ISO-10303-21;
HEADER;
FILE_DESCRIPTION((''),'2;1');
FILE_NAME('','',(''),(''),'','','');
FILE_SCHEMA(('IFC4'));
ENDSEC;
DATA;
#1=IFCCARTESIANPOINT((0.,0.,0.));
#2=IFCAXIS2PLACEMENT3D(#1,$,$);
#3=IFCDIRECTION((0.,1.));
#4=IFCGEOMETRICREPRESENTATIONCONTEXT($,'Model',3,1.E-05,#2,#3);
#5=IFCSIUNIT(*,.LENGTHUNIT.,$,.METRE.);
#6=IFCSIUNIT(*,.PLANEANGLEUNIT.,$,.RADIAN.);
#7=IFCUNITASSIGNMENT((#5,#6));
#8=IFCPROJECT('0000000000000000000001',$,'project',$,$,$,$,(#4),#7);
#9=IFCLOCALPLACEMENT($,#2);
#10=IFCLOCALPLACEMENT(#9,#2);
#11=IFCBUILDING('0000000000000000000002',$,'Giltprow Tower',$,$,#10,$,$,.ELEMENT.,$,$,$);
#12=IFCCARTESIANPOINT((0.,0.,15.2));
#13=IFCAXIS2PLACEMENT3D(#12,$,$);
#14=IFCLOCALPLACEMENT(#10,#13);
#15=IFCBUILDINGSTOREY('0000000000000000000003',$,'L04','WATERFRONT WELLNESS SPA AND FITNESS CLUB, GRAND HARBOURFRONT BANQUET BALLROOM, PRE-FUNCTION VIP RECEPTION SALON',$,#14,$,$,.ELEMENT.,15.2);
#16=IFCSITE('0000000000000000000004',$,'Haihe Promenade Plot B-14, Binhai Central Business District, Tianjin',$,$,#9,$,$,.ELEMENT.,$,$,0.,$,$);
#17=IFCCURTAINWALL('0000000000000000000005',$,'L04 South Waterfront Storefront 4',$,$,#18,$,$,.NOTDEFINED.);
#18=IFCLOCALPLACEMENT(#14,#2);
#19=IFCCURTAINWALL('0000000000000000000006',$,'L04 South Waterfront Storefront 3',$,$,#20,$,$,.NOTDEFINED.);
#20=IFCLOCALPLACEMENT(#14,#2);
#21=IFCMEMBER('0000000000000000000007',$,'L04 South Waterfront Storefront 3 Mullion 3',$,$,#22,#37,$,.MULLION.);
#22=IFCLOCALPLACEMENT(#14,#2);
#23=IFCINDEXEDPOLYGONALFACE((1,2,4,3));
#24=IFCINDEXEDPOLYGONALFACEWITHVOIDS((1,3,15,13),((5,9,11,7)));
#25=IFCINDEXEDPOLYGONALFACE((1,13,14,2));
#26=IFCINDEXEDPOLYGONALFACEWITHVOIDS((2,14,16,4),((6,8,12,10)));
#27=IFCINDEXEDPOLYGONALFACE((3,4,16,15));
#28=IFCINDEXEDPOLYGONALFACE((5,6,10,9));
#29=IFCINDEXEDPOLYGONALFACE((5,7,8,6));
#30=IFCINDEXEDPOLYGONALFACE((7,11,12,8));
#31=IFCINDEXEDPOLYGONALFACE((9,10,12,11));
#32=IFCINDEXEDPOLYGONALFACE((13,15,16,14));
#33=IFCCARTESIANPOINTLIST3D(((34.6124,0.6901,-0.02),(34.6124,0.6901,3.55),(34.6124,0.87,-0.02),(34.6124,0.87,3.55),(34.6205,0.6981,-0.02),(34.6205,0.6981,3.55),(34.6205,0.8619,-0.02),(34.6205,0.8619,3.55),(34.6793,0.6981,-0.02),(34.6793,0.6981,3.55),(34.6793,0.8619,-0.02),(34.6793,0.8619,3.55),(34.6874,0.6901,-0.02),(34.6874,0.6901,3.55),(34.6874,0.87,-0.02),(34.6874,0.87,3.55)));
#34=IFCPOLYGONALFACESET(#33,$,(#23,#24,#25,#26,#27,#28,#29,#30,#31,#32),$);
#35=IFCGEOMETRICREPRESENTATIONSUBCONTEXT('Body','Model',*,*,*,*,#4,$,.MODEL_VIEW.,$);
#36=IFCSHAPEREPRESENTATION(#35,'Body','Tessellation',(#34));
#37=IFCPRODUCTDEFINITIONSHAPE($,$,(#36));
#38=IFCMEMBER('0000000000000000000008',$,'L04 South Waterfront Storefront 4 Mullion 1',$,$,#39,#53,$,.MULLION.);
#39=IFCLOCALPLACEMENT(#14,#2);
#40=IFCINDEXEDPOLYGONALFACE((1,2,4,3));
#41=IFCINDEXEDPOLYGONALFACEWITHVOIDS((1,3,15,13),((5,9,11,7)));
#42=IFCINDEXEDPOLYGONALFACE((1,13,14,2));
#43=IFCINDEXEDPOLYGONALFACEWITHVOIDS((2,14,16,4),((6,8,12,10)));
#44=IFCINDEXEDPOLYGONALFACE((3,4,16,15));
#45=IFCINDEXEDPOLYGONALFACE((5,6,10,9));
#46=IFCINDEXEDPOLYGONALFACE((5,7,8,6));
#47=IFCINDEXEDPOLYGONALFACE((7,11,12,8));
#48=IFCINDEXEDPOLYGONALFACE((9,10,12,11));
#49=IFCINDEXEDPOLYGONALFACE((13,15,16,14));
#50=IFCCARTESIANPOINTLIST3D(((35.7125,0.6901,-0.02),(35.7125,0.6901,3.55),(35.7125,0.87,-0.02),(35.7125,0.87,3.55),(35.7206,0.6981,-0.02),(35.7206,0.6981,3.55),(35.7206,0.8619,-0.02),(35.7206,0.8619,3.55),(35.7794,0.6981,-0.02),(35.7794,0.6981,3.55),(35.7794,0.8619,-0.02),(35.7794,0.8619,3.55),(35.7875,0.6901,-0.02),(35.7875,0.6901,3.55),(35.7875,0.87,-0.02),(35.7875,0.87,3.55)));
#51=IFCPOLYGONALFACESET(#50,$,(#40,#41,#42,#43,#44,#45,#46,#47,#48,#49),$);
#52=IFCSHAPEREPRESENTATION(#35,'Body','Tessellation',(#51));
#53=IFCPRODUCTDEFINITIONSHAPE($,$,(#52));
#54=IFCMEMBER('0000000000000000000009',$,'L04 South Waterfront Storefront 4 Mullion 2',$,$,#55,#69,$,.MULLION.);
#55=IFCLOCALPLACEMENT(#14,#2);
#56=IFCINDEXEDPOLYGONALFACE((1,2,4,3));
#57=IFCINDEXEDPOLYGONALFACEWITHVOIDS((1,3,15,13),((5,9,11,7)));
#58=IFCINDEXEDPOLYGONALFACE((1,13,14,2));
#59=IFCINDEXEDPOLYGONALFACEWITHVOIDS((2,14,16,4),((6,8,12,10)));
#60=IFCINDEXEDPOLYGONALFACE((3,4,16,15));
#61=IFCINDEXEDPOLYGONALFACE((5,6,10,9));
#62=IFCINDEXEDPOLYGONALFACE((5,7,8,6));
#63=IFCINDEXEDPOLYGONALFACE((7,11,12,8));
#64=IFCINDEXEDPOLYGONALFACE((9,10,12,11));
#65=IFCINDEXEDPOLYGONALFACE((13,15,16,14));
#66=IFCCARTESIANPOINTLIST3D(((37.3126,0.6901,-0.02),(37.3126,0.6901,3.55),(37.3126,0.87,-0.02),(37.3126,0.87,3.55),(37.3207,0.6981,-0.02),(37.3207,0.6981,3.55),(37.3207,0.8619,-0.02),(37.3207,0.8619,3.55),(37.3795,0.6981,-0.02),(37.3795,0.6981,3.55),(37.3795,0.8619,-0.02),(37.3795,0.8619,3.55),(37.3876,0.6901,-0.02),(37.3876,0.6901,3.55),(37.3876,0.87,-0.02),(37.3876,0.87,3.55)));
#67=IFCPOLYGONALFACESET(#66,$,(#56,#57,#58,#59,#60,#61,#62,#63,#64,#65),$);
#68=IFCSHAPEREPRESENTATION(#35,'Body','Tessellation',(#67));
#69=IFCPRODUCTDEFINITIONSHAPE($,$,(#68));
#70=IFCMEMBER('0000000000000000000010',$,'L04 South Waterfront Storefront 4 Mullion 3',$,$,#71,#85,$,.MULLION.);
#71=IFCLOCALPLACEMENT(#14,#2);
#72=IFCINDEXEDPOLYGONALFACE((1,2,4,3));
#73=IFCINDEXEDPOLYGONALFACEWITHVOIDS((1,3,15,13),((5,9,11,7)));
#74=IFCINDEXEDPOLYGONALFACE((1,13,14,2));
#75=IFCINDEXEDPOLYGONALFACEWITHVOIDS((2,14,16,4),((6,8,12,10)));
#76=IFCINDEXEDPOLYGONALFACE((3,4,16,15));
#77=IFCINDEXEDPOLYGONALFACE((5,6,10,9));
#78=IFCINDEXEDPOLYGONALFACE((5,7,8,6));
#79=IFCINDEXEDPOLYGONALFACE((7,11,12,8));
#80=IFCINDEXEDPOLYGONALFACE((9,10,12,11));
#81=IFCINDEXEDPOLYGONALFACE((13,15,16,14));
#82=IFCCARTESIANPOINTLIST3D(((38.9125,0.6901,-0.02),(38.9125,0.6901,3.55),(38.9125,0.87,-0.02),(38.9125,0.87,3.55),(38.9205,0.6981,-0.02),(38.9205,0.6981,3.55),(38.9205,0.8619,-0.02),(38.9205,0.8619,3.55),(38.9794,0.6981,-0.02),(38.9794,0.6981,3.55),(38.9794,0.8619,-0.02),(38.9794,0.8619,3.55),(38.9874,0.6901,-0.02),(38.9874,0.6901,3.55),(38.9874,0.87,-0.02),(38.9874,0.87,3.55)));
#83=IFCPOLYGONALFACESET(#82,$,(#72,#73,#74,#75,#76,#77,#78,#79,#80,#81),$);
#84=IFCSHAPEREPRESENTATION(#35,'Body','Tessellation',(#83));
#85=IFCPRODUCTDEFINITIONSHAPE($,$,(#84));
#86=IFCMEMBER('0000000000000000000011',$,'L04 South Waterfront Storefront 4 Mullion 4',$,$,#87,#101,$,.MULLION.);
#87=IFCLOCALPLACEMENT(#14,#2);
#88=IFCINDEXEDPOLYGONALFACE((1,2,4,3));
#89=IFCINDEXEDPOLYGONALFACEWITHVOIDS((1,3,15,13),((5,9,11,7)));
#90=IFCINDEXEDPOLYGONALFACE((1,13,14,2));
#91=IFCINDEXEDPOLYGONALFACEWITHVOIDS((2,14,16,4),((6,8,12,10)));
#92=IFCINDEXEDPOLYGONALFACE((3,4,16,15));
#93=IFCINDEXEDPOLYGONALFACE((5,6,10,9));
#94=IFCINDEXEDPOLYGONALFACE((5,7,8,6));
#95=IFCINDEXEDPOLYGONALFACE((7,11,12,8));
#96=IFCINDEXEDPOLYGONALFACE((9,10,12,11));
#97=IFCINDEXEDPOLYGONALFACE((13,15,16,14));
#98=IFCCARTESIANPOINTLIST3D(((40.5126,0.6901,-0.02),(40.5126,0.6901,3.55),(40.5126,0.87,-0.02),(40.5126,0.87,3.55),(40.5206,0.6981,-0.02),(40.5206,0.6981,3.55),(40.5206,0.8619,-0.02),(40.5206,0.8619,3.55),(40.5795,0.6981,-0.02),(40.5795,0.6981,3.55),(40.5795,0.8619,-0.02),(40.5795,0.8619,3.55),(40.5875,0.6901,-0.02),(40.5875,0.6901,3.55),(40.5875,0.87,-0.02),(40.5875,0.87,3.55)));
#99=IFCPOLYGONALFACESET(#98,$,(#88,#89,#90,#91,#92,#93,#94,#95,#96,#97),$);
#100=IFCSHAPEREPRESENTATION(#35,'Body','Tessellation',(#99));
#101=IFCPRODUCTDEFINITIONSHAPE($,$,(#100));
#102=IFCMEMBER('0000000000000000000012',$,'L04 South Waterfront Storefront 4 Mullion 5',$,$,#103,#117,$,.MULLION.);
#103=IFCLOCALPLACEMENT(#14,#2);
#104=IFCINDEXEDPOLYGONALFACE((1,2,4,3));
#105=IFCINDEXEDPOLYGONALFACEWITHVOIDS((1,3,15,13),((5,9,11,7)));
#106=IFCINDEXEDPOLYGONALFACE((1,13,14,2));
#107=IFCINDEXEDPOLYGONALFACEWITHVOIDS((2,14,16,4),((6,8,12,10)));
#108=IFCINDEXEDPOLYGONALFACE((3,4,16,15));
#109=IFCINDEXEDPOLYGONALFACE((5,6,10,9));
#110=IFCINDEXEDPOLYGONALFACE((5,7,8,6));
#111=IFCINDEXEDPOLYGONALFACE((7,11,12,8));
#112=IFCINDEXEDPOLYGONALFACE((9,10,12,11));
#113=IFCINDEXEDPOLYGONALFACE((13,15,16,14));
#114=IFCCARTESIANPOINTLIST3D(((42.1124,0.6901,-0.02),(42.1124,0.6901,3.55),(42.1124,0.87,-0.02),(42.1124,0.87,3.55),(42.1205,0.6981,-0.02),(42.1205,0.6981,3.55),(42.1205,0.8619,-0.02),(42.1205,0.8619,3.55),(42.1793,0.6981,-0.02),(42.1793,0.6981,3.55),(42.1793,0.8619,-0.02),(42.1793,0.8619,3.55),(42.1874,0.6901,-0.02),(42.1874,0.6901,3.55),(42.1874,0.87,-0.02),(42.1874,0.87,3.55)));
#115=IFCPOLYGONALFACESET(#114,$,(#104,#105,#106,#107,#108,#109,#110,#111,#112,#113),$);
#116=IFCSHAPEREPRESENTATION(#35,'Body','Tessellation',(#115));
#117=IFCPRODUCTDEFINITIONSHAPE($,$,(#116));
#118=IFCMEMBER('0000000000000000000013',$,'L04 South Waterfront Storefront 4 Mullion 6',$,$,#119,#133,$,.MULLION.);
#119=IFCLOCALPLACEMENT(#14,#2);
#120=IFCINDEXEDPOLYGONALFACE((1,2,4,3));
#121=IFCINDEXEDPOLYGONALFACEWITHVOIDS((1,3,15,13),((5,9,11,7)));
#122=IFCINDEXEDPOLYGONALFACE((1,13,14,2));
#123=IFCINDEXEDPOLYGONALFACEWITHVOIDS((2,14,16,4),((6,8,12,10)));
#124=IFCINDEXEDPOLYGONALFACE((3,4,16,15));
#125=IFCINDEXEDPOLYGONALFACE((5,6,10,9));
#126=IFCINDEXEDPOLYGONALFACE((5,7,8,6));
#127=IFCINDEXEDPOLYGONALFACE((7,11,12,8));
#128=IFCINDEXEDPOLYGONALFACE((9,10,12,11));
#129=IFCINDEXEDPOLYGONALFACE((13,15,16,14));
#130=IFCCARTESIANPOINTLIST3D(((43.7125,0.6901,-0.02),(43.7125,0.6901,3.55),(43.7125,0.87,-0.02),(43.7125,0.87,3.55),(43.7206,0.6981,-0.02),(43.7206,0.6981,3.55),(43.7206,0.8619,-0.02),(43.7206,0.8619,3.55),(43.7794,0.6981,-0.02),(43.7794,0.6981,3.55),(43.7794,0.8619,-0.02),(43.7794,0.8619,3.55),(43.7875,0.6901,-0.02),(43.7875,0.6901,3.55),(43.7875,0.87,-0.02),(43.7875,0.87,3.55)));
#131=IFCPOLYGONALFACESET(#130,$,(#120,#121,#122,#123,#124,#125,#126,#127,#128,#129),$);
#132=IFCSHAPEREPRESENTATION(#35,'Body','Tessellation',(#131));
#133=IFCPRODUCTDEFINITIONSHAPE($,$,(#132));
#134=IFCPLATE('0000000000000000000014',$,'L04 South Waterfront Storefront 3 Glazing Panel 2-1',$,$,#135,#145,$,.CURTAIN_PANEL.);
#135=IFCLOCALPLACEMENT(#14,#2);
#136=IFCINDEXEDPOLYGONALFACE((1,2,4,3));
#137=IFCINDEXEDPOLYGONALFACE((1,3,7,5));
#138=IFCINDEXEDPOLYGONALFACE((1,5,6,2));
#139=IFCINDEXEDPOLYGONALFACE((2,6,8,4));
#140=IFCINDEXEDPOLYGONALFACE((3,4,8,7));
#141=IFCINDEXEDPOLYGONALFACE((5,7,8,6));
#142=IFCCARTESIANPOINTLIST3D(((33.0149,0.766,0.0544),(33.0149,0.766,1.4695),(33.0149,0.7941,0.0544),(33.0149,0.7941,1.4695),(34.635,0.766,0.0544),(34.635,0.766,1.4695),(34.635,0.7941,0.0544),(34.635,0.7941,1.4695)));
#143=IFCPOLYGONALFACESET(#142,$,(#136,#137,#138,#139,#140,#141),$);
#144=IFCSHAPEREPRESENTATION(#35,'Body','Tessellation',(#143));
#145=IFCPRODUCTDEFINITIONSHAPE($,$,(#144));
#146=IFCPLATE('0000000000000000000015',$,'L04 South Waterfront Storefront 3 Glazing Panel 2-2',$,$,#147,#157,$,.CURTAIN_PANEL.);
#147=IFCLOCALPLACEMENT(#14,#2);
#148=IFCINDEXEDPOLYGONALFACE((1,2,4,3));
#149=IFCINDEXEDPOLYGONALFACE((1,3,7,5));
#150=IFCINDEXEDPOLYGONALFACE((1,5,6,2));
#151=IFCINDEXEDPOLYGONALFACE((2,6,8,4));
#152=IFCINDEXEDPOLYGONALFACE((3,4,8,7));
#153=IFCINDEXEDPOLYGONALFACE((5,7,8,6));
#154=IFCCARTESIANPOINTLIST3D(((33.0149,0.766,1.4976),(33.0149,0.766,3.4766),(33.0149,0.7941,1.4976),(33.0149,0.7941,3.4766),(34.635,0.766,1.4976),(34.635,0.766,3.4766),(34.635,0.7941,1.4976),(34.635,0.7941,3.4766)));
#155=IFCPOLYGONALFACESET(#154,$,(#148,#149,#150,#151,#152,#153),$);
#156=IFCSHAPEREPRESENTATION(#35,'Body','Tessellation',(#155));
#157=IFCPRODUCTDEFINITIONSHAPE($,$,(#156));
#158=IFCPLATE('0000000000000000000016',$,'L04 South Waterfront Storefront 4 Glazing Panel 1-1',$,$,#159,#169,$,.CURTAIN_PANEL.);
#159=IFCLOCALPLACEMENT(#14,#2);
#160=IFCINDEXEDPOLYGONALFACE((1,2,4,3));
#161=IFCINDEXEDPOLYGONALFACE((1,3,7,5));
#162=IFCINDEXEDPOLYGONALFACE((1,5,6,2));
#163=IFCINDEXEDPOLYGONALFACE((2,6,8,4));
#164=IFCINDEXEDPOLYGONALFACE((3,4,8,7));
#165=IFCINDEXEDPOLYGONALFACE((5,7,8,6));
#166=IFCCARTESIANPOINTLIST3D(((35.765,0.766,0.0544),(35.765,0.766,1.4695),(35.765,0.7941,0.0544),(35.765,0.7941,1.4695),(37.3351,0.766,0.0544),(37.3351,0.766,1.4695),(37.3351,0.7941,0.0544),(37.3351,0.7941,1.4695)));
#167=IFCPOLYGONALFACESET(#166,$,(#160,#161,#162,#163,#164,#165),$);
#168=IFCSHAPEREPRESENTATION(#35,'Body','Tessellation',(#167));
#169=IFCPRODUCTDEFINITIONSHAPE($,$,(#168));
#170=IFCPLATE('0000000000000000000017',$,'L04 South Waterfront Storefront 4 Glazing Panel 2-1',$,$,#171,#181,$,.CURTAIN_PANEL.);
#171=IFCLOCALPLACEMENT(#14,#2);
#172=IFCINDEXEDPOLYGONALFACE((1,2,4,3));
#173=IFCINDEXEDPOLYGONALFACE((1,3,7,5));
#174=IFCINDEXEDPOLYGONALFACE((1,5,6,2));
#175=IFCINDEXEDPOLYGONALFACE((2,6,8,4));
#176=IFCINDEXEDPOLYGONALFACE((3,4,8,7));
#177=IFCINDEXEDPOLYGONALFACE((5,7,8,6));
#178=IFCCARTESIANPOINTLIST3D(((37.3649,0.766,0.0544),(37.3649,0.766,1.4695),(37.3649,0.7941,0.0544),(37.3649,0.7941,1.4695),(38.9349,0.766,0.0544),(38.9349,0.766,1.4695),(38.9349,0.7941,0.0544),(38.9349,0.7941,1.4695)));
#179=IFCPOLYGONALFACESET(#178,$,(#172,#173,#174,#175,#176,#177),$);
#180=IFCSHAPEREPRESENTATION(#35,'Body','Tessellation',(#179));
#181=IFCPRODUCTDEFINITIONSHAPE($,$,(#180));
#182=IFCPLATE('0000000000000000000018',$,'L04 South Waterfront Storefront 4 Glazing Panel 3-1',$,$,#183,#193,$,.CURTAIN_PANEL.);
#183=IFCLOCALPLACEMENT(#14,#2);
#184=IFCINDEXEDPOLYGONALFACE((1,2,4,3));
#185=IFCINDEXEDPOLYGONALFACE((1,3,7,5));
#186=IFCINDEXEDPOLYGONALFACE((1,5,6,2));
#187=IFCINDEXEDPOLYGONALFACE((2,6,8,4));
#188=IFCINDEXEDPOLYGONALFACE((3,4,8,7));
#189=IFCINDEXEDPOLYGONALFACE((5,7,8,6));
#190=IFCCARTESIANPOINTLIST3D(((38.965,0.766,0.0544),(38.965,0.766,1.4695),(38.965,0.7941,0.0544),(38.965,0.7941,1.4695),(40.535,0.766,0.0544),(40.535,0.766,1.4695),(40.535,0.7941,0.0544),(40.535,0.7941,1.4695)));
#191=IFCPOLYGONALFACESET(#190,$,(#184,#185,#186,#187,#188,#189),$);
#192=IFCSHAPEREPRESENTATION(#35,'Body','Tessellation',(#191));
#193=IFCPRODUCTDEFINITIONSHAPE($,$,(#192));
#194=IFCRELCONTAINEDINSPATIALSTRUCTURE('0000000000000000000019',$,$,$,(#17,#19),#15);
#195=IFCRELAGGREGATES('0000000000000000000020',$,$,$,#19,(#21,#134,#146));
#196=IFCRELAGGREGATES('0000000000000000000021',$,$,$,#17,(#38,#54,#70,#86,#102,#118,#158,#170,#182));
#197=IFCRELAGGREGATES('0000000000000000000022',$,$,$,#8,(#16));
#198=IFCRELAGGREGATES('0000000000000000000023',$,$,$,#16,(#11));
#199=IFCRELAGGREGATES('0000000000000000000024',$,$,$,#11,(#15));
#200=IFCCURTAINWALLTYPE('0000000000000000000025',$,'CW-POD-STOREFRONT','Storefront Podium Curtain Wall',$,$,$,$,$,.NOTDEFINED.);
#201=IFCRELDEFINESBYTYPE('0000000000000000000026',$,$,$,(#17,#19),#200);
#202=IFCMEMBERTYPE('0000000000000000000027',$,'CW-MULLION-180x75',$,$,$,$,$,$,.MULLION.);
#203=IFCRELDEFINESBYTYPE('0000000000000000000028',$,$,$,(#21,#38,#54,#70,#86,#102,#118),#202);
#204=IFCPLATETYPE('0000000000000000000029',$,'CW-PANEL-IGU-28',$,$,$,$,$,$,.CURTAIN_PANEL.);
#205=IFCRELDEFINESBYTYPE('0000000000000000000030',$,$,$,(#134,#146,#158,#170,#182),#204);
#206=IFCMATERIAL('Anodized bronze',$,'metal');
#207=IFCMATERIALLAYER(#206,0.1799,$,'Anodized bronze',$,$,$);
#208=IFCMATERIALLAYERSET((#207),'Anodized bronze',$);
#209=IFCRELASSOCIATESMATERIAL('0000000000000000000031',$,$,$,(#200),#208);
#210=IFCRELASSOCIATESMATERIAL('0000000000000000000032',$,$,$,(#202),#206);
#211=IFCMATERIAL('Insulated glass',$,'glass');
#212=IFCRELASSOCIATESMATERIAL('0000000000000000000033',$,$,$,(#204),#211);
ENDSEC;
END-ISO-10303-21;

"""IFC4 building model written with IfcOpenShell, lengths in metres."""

from ifc_helpers import new_model, si_unit, direction, frame, origin, origin_2d, place, context, subcontext, project, spatial, rectangle, hollow_rectangle, extrude, source, transform, mapped, material, layer, layer_set, material_profile, profile_set, type_object, element, aggregate, save


model = new_model("IFC4")

# Units and contexts
model_context = context("Model", 3, precision=1e-05, world=origin(), true_north=direction((0.0, 1.0)))
body_context = subcontext(model_context, "Body", "Model", "MODEL_VIEW")
ifc_project = project(units=[si_unit("LENGTHUNIT", "METRE"), si_unit("PLANEANGLEUNIT", "RADIAN")], contexts=[model_context])

# Site, building, storey
site_placement = place(None, origin())
site = spatial("IfcSite", under=ifc_project, at=site_placement, Name="Haihe Promenade Plot B-14, Binhai Central Business District, Tianjin", CompositionType="ELEMENT", RefElevation=0.0)
building_placement = place(site_placement, origin())
building = spatial("IfcBuilding", under=site, at=building_placement, Name="Giltprow Tower", CompositionType="ELEMENT")
storey_placement = place(building_placement, frame((0.0, 0.0, 15.2)))
storey = spatial("IfcBuildingStorey", under=building, at=storey_placement, Name="L04", Description="WATERFRONT WELLNESS SPA AND FITNESS CLUB, GRAND HARBOURFRONT BANQUET BALLROOM, PRE-FUNCTION VIP RECEPTION SALON", CompositionType="ELEMENT", Elevation=15.2)

# Curtain wall
ifc_material_1 = material(Name="Anodized bronze", Category="metal")
ifc_layer_1 = layer(ifc_material_1, 0.1799, Name="Anodized bronze")
ifc_layer_set_1 = layer_set([ifc_layer_1], Name="Anodized bronze")
curtain_wall_type = type_object("IfcCurtainWallType", Name="CW-POD-STOREFRONT", Description="Storefront Podium Curtain Wall", PredefinedType="NOTDEFINED", material=ifc_layer_set_1)
curtain_wall_1_placement = place(storey_placement, origin())
curtain_wall_1 = element("IfcCurtainWall", 1, at=curtain_wall_1_placement, inside=storey, type_object=curtain_wall_type, Name="L04 South Waterfront Storefront 4", PredefinedType="NOTDEFINED")

# Curtain wall, member
curtain_wall_2_placement = place(storey_placement, origin())
curtain_wall_2 = element("IfcCurtainWall", 2, at=curtain_wall_2_placement, inside=storey, type_object=curtain_wall_type, Name="L04 South Waterfront Storefront 3", PredefinedType="NOTDEFINED")
ifc_material_profile_1 = material_profile(ifc_material_1, hollow_rectangle(XDim=0.075, YDim=0.1799, WallThickness=0.0081, at=origin_2d()), Name="RHS 180x75x8")
ifc_profile_set_1 = profile_set([ifc_material_profile_1], Name="Anodized bronze")
member_type_1 = type_object("IfcMemberType", Name="CW-MULLION-180x75", PredefinedType="MULLION", material=ifc_profile_set_1)
shared_shape_1 = source(origin(), body_context, "Body", "SweptSolid", [
    extrude(hollow_rectangle(XDim=0.075, YDim=0.1799, WallThickness=0.0081, at=origin_2d()), origin(), (0.0, 0.0, 1.0), 3.5701),
])
member_1_placement = place(storey_placement, frame((34.6499, 0.78, -0.02), z_axis=(0.0, 0.0, 1.0), x_axis=(1.0, 0.0, 0.0)))
member_1 = element("IfcMember", 3, at=member_1_placement, type_object=member_type_1, Name="L04 South Waterfront Storefront 3 Mullion 3", PredefinedType="MULLION", context=body_context, shape_type="MappedRepresentation", body=[
    mapped(shared_shape_1, transform((0.0, 0.0, 0.0), x_axis=(1.0, 0.0, 0.0), y_axis=(0.0, 1.0, 0.0), z_axis=(0.0, 0.0, 1.0), scale=1.0)),
])

# Members
member_2_placement = place(storey_placement, frame((35.75, 0.78, -0.02), z_axis=(0.0, 0.0, 1.0), x_axis=(1.0, 0.0, 0.0)))
member_2 = element("IfcMember", 4, at=member_2_placement, type_object=member_type_1, Name="L04 South Waterfront Storefront 4 Mullion 1", PredefinedType="MULLION", context=body_context, shape_type="MappedRepresentation", body=[
    mapped(shared_shape_1, transform((0.0, 0.0, 0.0), x_axis=(1.0, 0.0, 0.0), y_axis=(0.0, 1.0, 0.0), z_axis=(0.0, 0.0, 1.0), scale=1.0)),
])
member_3_placement = place(storey_placement, frame((37.3501, 0.78, -0.02), z_axis=(0.0, 0.0, 1.0), x_axis=(1.0, 0.0, 0.0)))
member_3 = element("IfcMember", 5, at=member_3_placement, type_object=member_type_1, Name="L04 South Waterfront Storefront 4 Mullion 2", PredefinedType="MULLION", context=body_context, shape_type="MappedRepresentation", body=[
    mapped(shared_shape_1, transform((0.0, 0.0, 0.0), x_axis=(1.0, 0.0, 0.0), y_axis=(0.0, 1.0, 0.0), z_axis=(0.0, 0.0, 1.0), scale=1.0)),
])
member_4_placement = place(storey_placement, frame((38.95, 0.78, -0.02), z_axis=(0.0, 0.0, 1.0), x_axis=(1.0, 0.0, 0.0)))
member_4 = element("IfcMember", 6, at=member_4_placement, type_object=member_type_1, Name="L04 South Waterfront Storefront 4 Mullion 3", PredefinedType="MULLION", context=body_context, shape_type="MappedRepresentation", body=[
    mapped(shared_shape_1, transform((0.0, 0.0, 0.0), x_axis=(1.0, 0.0, 0.0), y_axis=(0.0, 1.0, 0.0), z_axis=(0.0, 0.0, 1.0), scale=1.0)),
])
member_5_placement = place(storey_placement, frame((40.55, 0.78, -0.02), z_axis=(0.0, 0.0, 1.0), x_axis=(1.0, 0.0, 0.0)))
member_5 = element("IfcMember", 7, at=member_5_placement, type_object=member_type_1, Name="L04 South Waterfront Storefront 4 Mullion 4", PredefinedType="MULLION", context=body_context, shape_type="MappedRepresentation", body=[
    mapped(shared_shape_1, transform((0.0, 0.0, 0.0), x_axis=(1.0, 0.0, 0.0), y_axis=(0.0, 1.0, 0.0), z_axis=(0.0, 0.0, 1.0), scale=1.0)),
])
member_6_placement = place(storey_placement, frame((42.1499, 0.78, -0.02), z_axis=(0.0, 0.0, 1.0), x_axis=(1.0, 0.0, 0.0)))
member_6 = element("IfcMember", 8, at=member_6_placement, type_object=member_type_1, Name="L04 South Waterfront Storefront 4 Mullion 5", PredefinedType="MULLION", context=body_context, shape_type="MappedRepresentation", body=[
    mapped(shared_shape_1, transform((0.0, 0.0, 0.0), x_axis=(1.0, 0.0, 0.0), y_axis=(0.0, 1.0, 0.0), z_axis=(0.0, 0.0, 1.0), scale=1.0)),
])
member_7_placement = place(storey_placement, frame((43.75, 0.78, -0.02), z_axis=(0.0, 0.0, 1.0), x_axis=(1.0, 0.0, 0.0)))
member_7 = element("IfcMember", 9, at=member_7_placement, type_object=member_type_1, Name="L04 South Waterfront Storefront 4 Mullion 6", PredefinedType="MULLION", context=body_context, shape_type="MappedRepresentation", body=[
    mapped(shared_shape_1, transform((0.0, 0.0, 0.0), x_axis=(1.0, 0.0, 0.0), y_axis=(0.0, 1.0, 0.0), z_axis=(0.0, 0.0, 1.0), scale=1.0)),
])

# Plates
ifc_material_2 = material(Name="Insulated glass", Category="glass")
plate_type = type_object("IfcPlateType", Name="CW-PANEL-IGU-28", PredefinedType="CURTAIN_PANEL", material=ifc_material_2)
shared_shape_2 = source(origin(), body_context, "Body", "SweptSolid", [
    extrude(rectangle(XDim=1.6201, YDim=0.0281, at=origin_2d()), origin(), (0.0, 0.0, 1.0), 1.415),
])
plate_1_placement = place(storey_placement, frame((33.825, 0.78, 0.0544), z_axis=(0.0, 0.0, 1.0), x_axis=(1.0, 0.0, 0.0)))
plate_1 = element("IfcPlate", 10, at=plate_1_placement, type_object=plate_type, Name="L04 South Waterfront Storefront 3 Glazing Panel 2-1", PredefinedType="CURTAIN_PANEL", context=body_context, shape_type="MappedRepresentation", body=[
    mapped(shared_shape_2, transform((0.0, 0.0, 0.0), x_axis=(1.0, 0.0, 0.0), y_axis=(0.0, 1.0, 0.0), z_axis=(0.0, 0.0, 1.0), scale=1.0)),
])
shared_shape_3 = source(origin(), body_context, "Body", "SweptSolid", [
    extrude(rectangle(XDim=1.6201, YDim=0.0281, at=origin_2d()), origin(), (0.0, 0.0, 1.0), 1.979),
])
plate_2_placement = place(storey_placement, frame((33.825, 0.78, 1.4976), z_axis=(0.0, 0.0, 1.0), x_axis=(1.0, 0.0, 0.0)))
plate_2 = element("IfcPlate", 11, at=plate_2_placement, type_object=plate_type, Name="L04 South Waterfront Storefront 3 Glazing Panel 2-2", PredefinedType="CURTAIN_PANEL", context=body_context, shape_type="MappedRepresentation", body=[
    mapped(shared_shape_3, transform((0.0, 0.0, 0.0), x_axis=(1.0, 0.0, 0.0), y_axis=(0.0, 1.0, 0.0), z_axis=(0.0, 0.0, 1.0), scale=1.0)),
])
aggregate(curtain_wall_2, [member_1, plate_1, plate_2])
shared_shape_4 = source(origin(), body_context, "Body", "SweptSolid", [
    extrude(rectangle(XDim=1.5701, YDim=0.0281, at=origin_2d()), origin(), (0.0, 0.0, 1.0), 1.415),
])
plate_3_placement = place(storey_placement, frame((36.55, 0.78, 0.0544), z_axis=(0.0, 0.0, 1.0), x_axis=(1.0, 0.0, 0.0)))
plate_3 = element("IfcPlate", 12, at=plate_3_placement, type_object=plate_type, Name="L04 South Waterfront Storefront 4 Glazing Panel 1-1", PredefinedType="CURTAIN_PANEL", context=body_context, shape_type="MappedRepresentation", body=[
    mapped(shared_shape_4, transform((0.0, 0.0, 0.0), x_axis=(1.0, 0.0, 0.0), y_axis=(0.0, 1.0, 0.0), z_axis=(0.0, 0.0, 1.0), scale=1.0)),
])
plate_4_placement = place(storey_placement, frame((38.1499, 0.78, 0.0544), z_axis=(0.0, 0.0, 1.0), x_axis=(1.0, 0.0, 0.0)))
plate_4 = element("IfcPlate", 13, at=plate_4_placement, type_object=plate_type, Name="L04 South Waterfront Storefront 4 Glazing Panel 2-1", PredefinedType="CURTAIN_PANEL", context=body_context, shape_type="MappedRepresentation", body=[
    mapped(shared_shape_4, transform((0.0, 0.0, 0.0), x_axis=(1.0, 0.0, 0.0), y_axis=(0.0, 1.0, 0.0), z_axis=(0.0, 0.0, 1.0), scale=1.0)),
])
plate_5_placement = place(storey_placement, frame((39.75, 0.78, 0.0544), z_axis=(0.0, 0.0, 1.0), x_axis=(1.0, 0.0, 0.0)))
plate_5 = element("IfcPlate", 14, at=plate_5_placement, type_object=plate_type, Name="L04 South Waterfront Storefront 4 Glazing Panel 3-1", PredefinedType="CURTAIN_PANEL", context=body_context, shape_type="MappedRepresentation", body=[
    mapped(shared_shape_4, transform((0.0, 0.0, 0.0), x_axis=(1.0, 0.0, 0.0), y_axis=(0.0, 1.0, 0.0), z_axis=(0.0, 0.0, 1.0), scale=1.0)),
])
aggregate(curtain_wall_1, [member_2, member_3, member_4, member_5, member_6, member_7, plate_3, plate_4, plate_5])

save(model, "model.ifc")
